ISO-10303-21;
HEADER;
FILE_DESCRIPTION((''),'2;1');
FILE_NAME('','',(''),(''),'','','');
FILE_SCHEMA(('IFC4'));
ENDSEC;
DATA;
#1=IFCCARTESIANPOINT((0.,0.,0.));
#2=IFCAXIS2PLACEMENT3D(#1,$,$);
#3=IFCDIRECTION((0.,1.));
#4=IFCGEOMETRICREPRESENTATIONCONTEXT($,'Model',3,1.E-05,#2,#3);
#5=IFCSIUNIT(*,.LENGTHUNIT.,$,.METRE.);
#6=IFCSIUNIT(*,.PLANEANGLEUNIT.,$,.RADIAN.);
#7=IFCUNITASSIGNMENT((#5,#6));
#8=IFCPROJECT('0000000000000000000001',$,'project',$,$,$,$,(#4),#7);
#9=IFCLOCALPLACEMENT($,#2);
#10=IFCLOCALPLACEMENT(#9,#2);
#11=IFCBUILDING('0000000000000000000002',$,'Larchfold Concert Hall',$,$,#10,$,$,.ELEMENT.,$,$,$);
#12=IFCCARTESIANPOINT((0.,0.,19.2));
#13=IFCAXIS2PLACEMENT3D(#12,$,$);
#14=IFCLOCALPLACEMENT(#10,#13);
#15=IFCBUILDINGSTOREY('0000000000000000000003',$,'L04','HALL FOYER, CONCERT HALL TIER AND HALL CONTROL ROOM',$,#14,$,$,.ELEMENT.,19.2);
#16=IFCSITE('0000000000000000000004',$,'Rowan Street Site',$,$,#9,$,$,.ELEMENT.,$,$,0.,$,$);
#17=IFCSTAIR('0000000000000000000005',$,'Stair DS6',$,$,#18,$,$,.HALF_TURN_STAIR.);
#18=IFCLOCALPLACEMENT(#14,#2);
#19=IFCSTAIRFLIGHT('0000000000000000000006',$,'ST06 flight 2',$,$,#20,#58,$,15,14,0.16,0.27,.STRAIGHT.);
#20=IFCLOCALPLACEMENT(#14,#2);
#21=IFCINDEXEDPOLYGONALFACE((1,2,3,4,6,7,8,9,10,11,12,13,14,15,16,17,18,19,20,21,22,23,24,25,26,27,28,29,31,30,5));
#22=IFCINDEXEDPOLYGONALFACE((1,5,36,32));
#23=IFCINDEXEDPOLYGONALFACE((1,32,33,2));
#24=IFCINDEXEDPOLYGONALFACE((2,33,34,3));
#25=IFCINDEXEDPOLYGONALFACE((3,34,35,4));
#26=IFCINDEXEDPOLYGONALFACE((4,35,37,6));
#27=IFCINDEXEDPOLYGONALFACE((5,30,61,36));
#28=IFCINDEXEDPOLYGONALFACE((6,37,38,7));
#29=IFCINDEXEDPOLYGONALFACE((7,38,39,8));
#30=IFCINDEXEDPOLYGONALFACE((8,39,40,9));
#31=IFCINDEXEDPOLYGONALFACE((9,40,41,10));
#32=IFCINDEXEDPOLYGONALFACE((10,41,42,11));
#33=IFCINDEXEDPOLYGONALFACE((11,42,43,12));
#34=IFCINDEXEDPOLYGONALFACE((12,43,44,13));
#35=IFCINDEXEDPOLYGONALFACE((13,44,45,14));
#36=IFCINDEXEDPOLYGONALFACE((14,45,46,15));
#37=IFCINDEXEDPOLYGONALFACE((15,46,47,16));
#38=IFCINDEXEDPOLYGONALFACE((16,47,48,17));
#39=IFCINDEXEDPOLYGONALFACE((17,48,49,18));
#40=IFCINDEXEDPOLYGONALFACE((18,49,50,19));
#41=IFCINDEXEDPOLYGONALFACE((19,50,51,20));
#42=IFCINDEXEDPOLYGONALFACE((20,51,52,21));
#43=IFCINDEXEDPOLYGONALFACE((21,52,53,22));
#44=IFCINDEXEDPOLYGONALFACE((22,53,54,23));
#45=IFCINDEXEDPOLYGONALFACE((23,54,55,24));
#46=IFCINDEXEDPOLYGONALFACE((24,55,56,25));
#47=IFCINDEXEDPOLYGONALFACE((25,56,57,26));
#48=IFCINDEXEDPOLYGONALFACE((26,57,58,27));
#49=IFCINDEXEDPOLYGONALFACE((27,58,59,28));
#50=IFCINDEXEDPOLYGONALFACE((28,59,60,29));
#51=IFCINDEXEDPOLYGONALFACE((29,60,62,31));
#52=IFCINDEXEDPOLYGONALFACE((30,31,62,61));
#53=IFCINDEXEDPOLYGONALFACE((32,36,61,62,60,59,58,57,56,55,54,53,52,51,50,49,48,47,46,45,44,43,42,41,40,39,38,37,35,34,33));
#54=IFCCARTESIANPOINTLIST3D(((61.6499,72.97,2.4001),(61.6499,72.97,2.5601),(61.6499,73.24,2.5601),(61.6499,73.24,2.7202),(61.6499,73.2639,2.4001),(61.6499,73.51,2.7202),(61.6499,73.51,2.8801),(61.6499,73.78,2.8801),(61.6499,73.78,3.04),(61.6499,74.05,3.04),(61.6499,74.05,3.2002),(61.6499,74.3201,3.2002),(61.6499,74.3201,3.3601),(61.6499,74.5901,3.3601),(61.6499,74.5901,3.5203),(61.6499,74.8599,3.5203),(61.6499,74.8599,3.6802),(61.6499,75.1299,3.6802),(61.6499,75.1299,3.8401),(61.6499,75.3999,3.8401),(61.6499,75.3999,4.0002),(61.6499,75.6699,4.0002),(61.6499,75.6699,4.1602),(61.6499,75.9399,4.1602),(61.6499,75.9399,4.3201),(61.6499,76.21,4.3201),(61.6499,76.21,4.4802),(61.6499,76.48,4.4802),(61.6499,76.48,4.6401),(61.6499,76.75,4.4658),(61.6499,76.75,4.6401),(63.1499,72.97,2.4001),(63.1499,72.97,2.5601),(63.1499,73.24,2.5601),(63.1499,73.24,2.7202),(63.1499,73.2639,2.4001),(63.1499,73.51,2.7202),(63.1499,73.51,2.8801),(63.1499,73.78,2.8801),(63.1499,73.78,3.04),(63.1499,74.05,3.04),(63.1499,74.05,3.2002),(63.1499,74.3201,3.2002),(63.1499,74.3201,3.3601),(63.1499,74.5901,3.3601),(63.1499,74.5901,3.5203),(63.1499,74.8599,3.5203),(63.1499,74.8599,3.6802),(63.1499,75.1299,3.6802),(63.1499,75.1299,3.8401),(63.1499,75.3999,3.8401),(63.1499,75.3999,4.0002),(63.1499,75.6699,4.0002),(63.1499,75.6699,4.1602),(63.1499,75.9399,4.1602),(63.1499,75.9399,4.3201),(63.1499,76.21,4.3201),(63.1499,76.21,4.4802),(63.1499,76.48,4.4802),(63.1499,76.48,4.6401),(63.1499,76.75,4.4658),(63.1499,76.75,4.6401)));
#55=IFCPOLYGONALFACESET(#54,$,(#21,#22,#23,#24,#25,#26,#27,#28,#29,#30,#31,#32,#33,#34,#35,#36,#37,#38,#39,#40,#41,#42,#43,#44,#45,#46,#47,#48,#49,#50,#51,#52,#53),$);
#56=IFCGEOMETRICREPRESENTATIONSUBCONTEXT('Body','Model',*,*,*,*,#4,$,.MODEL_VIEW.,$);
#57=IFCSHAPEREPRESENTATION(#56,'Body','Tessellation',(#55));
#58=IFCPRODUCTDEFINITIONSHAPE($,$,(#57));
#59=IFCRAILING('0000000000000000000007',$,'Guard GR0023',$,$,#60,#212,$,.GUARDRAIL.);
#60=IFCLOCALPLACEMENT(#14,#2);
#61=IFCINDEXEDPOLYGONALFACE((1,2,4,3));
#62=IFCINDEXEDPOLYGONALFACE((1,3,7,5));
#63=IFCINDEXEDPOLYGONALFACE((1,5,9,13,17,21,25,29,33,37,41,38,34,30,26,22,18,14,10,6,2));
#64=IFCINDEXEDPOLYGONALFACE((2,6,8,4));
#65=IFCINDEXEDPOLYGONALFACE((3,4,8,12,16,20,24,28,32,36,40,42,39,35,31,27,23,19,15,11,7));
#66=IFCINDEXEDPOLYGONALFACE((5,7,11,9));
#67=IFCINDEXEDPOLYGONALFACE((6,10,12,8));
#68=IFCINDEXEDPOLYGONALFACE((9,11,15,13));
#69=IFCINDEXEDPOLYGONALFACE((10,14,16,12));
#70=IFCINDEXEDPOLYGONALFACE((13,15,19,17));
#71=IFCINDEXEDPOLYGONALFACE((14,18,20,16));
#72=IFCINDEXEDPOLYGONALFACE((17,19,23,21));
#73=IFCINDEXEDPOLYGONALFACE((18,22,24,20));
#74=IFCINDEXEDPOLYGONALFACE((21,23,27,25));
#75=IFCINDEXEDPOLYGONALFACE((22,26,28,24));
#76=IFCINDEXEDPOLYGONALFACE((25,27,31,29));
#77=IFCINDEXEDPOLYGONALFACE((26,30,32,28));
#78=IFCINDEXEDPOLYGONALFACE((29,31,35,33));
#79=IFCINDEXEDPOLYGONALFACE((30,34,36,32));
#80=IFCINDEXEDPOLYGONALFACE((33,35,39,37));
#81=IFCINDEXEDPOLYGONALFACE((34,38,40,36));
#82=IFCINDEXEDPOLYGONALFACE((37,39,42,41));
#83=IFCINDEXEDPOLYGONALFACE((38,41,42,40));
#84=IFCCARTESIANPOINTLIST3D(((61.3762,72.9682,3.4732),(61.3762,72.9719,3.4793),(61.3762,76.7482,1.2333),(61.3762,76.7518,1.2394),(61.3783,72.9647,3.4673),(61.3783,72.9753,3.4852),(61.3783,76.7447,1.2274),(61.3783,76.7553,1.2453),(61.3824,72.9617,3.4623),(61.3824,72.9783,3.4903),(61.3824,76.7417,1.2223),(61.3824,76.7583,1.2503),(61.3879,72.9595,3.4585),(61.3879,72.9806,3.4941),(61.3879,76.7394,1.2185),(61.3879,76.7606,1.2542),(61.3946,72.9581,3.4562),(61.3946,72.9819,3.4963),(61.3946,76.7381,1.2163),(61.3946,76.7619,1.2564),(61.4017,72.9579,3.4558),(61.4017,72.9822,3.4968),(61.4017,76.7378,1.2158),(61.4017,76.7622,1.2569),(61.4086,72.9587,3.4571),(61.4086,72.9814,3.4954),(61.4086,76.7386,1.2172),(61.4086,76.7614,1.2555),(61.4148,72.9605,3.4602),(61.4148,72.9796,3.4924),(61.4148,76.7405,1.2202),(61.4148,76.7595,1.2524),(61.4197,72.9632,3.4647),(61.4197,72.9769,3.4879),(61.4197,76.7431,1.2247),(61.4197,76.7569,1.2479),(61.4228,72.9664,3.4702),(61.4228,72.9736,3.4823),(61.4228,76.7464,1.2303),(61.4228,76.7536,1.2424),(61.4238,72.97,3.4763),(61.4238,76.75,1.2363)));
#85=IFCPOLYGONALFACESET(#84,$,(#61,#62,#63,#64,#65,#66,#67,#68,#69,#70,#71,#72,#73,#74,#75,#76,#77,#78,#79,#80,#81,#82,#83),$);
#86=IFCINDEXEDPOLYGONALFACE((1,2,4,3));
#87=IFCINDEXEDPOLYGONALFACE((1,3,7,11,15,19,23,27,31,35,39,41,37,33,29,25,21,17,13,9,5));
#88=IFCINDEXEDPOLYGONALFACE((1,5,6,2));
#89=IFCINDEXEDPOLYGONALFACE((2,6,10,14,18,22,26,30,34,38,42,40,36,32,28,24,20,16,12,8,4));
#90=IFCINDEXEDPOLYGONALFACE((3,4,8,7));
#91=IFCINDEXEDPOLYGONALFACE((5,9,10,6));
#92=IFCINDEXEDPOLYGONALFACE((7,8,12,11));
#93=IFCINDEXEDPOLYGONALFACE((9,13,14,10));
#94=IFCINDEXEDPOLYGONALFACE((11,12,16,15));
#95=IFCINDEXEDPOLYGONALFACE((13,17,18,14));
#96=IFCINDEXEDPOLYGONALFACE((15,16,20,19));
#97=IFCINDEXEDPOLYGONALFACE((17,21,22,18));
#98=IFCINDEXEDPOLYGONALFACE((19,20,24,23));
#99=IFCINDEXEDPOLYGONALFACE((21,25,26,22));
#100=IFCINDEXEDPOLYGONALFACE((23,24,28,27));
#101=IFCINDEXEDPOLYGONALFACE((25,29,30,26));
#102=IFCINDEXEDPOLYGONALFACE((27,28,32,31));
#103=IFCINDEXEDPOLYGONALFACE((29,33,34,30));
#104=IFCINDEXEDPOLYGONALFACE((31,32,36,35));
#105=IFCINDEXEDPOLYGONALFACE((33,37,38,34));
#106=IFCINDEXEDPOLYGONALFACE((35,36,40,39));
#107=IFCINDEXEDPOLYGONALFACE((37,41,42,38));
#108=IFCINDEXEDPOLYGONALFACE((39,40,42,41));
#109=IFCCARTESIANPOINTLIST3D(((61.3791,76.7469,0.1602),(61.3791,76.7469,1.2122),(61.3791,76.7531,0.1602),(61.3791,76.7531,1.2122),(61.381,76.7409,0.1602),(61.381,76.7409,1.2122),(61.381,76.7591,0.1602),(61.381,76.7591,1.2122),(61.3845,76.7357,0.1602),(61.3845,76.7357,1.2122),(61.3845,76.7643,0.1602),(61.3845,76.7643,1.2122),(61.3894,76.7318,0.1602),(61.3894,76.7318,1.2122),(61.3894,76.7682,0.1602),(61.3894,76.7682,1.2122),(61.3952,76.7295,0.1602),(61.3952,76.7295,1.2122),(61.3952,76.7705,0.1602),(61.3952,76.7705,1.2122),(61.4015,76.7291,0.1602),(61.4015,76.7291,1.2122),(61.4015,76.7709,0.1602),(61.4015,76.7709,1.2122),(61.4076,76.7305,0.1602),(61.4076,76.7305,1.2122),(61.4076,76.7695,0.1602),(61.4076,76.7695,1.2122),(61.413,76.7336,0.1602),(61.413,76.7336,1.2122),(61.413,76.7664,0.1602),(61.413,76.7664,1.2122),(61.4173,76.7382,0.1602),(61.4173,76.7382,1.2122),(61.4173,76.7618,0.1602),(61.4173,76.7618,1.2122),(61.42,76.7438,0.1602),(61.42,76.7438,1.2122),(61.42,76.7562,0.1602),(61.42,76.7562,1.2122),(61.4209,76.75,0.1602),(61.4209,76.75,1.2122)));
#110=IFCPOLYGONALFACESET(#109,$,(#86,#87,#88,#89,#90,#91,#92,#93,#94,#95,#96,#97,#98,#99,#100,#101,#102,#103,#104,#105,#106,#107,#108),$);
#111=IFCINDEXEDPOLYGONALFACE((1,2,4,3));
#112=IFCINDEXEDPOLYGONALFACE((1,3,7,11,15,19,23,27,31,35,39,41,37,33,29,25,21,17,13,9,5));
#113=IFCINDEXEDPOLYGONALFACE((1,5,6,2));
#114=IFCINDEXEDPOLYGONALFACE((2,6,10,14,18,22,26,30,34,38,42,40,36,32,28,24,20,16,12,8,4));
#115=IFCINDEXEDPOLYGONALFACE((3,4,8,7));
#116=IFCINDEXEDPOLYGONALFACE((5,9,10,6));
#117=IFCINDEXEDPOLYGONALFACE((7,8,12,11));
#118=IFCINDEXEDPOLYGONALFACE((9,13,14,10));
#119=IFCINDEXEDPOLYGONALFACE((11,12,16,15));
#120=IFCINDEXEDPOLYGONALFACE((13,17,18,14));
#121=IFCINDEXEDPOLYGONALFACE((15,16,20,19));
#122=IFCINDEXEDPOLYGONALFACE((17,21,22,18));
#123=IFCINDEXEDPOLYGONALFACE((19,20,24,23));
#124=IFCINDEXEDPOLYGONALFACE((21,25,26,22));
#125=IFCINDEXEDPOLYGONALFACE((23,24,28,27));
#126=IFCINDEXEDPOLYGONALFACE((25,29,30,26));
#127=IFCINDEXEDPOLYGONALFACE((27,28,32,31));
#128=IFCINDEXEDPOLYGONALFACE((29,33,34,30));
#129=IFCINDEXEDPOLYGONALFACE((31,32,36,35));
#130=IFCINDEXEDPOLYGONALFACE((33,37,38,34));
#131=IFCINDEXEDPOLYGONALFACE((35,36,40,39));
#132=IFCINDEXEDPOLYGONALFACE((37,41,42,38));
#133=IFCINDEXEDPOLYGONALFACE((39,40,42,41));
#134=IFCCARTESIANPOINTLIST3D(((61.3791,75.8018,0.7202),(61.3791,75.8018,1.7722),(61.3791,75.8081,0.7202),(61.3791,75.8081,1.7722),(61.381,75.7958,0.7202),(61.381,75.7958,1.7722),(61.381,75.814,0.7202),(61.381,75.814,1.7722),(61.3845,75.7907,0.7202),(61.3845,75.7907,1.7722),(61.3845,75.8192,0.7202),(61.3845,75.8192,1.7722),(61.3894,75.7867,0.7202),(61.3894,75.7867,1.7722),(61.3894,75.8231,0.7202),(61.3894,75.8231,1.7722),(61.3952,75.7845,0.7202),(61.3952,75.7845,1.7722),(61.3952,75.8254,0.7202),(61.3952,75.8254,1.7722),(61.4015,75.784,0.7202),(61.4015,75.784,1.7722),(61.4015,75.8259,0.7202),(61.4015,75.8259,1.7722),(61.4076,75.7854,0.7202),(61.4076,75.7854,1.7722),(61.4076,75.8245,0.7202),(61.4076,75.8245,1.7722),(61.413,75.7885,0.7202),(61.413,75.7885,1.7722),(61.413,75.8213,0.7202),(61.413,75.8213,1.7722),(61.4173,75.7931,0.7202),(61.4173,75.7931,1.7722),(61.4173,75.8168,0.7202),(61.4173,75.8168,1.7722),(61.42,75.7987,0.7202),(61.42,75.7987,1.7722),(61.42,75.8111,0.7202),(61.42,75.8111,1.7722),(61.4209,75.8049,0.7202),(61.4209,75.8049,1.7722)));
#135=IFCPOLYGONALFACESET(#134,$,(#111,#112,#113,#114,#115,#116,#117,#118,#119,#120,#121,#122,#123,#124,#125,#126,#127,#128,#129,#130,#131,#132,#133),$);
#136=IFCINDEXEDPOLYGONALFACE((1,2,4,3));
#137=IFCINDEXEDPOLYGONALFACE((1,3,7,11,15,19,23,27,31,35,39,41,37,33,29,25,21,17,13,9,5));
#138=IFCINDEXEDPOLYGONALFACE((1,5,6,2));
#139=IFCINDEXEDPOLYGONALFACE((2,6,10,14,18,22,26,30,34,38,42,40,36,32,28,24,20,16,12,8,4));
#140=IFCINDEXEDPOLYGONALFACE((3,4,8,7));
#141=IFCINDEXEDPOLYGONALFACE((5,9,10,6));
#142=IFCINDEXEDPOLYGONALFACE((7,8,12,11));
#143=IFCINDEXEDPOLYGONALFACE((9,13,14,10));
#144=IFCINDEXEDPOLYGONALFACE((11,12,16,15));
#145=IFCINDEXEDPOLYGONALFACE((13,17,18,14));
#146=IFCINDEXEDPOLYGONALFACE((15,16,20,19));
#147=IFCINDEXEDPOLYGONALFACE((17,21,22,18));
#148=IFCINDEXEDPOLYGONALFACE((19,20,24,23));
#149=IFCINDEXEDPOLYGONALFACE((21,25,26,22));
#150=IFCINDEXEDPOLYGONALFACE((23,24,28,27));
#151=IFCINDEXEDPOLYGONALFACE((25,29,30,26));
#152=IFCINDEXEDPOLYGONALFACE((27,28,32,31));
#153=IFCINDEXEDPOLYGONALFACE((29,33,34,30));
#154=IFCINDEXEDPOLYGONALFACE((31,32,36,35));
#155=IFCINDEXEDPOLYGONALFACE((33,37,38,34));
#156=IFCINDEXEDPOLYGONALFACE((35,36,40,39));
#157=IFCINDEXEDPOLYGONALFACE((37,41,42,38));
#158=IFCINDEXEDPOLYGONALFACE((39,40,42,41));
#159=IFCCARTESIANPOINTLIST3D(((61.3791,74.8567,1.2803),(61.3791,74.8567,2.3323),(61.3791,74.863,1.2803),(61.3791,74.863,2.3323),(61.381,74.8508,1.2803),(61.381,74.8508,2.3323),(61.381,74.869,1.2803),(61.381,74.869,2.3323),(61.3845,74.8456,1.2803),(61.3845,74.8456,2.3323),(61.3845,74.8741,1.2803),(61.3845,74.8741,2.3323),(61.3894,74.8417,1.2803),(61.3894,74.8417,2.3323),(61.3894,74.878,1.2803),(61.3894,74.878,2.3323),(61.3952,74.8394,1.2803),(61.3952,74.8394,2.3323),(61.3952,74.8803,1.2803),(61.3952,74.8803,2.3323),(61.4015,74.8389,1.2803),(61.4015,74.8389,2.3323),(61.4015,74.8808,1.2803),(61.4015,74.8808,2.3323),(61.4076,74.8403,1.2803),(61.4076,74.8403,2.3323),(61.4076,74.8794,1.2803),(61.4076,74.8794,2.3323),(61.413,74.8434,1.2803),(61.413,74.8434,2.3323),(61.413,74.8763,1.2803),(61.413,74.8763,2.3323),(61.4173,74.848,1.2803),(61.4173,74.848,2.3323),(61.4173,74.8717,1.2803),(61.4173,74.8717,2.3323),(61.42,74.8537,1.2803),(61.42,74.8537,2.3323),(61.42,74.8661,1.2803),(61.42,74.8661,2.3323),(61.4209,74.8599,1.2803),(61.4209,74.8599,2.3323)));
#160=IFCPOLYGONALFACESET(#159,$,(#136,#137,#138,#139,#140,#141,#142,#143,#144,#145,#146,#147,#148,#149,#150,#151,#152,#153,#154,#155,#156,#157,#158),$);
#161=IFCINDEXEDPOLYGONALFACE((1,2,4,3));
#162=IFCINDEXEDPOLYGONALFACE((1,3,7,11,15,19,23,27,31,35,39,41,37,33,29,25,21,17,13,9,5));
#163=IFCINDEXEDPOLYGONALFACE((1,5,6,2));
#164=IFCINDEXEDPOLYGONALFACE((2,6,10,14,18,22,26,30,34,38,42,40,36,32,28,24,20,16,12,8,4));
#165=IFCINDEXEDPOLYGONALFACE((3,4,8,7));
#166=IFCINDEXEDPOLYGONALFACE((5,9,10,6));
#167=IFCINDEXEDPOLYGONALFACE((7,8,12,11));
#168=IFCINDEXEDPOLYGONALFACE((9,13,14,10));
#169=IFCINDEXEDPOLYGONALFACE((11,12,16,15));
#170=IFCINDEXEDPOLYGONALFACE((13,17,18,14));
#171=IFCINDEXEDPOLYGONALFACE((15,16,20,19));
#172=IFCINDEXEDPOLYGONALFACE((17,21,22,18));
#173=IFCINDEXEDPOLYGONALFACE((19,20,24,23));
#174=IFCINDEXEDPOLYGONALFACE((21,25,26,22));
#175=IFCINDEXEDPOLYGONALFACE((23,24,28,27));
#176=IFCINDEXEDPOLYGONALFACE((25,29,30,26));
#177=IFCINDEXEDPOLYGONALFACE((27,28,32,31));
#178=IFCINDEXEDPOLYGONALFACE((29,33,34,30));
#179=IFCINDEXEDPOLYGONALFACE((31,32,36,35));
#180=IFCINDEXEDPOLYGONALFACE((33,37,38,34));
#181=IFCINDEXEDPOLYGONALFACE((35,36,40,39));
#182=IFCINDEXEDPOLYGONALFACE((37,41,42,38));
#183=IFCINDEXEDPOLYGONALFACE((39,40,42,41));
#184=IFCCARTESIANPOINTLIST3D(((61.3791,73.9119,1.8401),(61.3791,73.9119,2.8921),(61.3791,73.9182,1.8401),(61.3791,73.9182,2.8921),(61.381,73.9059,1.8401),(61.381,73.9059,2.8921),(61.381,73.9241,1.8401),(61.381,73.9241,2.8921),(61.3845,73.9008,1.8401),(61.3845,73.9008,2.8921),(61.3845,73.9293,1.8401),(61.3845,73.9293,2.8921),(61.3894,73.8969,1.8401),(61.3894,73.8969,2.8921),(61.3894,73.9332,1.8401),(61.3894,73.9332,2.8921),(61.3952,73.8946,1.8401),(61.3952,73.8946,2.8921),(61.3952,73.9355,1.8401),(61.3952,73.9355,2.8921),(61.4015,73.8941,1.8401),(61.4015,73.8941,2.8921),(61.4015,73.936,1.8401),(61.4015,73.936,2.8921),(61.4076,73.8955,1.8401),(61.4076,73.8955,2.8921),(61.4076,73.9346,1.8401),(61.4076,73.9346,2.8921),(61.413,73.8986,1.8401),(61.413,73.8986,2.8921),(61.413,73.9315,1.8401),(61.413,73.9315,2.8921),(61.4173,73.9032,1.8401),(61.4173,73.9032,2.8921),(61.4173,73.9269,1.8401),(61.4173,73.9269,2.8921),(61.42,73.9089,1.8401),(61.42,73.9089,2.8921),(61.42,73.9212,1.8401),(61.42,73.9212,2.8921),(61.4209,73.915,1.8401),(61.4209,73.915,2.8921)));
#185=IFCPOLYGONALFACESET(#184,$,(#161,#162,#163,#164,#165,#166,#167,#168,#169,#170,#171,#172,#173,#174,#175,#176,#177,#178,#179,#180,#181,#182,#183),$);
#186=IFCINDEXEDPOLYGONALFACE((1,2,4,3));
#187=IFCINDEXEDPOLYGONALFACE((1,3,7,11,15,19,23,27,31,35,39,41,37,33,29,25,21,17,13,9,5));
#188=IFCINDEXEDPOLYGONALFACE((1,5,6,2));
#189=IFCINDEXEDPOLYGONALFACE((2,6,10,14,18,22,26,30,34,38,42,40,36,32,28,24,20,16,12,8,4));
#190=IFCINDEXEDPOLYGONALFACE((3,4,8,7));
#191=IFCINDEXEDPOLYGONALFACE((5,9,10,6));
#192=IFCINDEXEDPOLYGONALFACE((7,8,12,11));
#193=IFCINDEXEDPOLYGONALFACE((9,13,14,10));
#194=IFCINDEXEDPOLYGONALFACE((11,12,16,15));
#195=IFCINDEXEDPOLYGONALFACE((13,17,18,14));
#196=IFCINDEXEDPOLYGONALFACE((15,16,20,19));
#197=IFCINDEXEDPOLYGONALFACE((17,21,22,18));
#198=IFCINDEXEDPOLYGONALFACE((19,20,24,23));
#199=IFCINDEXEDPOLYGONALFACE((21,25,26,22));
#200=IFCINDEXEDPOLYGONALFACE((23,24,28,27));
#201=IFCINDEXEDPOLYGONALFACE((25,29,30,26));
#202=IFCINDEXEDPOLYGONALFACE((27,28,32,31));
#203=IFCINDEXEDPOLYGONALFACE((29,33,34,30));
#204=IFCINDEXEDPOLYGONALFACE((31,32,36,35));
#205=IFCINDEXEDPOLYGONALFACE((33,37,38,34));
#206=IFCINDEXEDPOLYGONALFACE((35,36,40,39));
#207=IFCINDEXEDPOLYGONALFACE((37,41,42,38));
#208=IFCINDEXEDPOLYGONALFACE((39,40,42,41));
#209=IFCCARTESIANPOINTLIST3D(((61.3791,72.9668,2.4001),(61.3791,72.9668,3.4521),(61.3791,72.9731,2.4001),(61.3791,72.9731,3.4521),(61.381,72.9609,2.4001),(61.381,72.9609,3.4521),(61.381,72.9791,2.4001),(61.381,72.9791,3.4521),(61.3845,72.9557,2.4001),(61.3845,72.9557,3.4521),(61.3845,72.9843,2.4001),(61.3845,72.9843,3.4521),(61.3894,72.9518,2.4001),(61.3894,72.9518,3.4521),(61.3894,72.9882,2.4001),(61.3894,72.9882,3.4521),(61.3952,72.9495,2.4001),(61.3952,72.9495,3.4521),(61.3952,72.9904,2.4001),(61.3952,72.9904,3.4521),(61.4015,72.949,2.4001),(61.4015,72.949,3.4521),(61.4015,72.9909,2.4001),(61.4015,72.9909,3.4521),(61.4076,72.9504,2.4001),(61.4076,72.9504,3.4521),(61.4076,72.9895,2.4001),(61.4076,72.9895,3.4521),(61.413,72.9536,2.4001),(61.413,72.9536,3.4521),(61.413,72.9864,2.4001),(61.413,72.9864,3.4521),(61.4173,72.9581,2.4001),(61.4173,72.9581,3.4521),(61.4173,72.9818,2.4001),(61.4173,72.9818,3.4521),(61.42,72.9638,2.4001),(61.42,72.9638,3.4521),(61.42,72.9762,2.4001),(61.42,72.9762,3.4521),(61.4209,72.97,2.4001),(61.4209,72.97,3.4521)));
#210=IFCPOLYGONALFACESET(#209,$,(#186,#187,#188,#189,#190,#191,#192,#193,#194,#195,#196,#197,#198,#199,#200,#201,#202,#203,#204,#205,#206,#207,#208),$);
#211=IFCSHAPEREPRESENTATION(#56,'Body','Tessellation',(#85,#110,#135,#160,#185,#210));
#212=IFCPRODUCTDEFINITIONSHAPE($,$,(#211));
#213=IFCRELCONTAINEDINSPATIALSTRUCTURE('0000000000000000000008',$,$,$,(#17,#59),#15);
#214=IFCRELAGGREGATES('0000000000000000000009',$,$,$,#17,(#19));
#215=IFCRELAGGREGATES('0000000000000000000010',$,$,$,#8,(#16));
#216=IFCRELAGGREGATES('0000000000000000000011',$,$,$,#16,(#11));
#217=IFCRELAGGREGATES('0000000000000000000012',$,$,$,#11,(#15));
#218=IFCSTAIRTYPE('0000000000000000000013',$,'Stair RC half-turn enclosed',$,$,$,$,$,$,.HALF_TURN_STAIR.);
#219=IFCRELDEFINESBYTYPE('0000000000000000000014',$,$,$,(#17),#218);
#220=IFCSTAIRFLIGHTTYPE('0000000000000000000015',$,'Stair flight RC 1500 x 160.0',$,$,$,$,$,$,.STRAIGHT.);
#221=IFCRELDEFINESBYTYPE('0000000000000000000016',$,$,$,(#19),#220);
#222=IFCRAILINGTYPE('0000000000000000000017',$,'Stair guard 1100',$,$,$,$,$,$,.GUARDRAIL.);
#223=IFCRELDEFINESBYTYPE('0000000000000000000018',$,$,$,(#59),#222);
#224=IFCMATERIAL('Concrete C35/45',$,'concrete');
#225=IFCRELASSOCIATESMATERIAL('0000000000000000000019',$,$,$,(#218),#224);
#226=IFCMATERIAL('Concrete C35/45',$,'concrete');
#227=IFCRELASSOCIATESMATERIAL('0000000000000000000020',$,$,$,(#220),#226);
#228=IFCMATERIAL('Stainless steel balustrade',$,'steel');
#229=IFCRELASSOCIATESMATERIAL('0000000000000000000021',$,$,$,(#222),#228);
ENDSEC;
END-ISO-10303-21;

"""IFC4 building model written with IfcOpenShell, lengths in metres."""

from ifc_helpers import new_model, si_unit, direction, frame, origin, origin_2d, place, context, subcontext, project, spatial, polyline, circle, outline, extrude, material, type_object, element, aggregate, save


model = new_model("IFC4")

# Units and contexts
model_context = context("Model", 3, precision=1e-05, world=origin(), true_north=direction((0.0, 1.0)))
body_context = subcontext(model_context, "Body", "Model", "MODEL_VIEW")
ifc_project = project(units=[si_unit("LENGTHUNIT", "METRE"), si_unit("PLANEANGLEUNIT", "RADIAN")], contexts=[model_context])

# Site, building, storey
site_placement = place(None, origin())
site = spatial("IfcSite", under=ifc_project, at=site_placement, Name="Rowan Street Site", CompositionType="ELEMENT", RefElevation=0.0)
building_placement = place(site_placement, origin())
building = spatial("IfcBuilding", under=site, at=building_placement, Name="Larchfold Concert Hall", CompositionType="ELEMENT")
storey_placement = place(building_placement, frame((0.0, 0.0, 19.2)))
storey = spatial("IfcBuildingStorey", under=building, at=storey_placement, Name="L04", Description="HALL FOYER, CONCERT HALL TIER AND HALL CONTROL ROOM", CompositionType="ELEMENT", Elevation=19.2)

# Stair, stair flight
ifc_material_1 = material(Name="Concrete C35/45", Category="concrete")
stair_type = type_object("IfcStairType", Name="Stair RC half-turn enclosed", PredefinedType="HALF_TURN_STAIR", material=ifc_material_1)
stair_placement = place(storey_placement, origin())
stair = element("IfcStair", 1, at=stair_placement, inside=storey, type_object=stair_type, Name="Stair DS6", PredefinedType="HALF_TURN_STAIR")
ifc_material_2 = material(Name="Concrete C35/45", Category="concrete")
stair_flight_type = type_object("IfcStairFlightType", Name="Stair flight RC 1500 x 160.0", PredefinedType="STRAIGHT", material=ifc_material_2)
stair_flight_1_placement = place(storey_placement, frame((62.3999, 72.97, 2.4001), z_axis=(0.0, 0.0, 1.0), x_axis=(0.0, 1.0, 0.0)))
stair_flight_1 = element("IfcStairFlight", 2, at=stair_flight_1_placement, type_object=stair_flight_type, Name="ST06 flight 2", NumberOfRisers=15, NumberOfTreads=14, PredefinedType="STRAIGHT", RiserHeight=0.16, TreadLength=0.27, context=body_context, shape_type="SweptSolid", body=[
    extrude(outline(polyline([(0.0, 0.0), (0.0, 0.1599), (0.27, 0.1599), (0.27, 0.3201), (0.54, 0.3201), (0.54, 0.48), (0.8101, 0.48), (0.8101, 0.6399), (1.0801, 0.6399), (1.0801, 0.8), (1.3501, 0.8), (1.3501, 0.96), (1.6201, 0.96), (1.6201, 1.1201), (1.8899, 1.1201), (1.8899, 1.28), (2.1599, 1.28), (2.1599, 1.4399), (2.4299, 1.4399), (2.4299, 1.6001), (2.7, 1.6001), (2.7, 1.76), (2.97, 1.76), (2.97, 1.9199), (3.24, 1.9199), (3.24, 2.0801), (3.51, 2.0801), (3.51, 2.24), (3.78, 2.24), (3.78, 2.3999), (3.78, 2.0657), (0.2939, 0.0), (0.0, 0.0)])), frame((0.0, 0.75, 0.0), z_axis=(0.0, -1.0, 0.0), x_axis=(1.0, 0.0, 0.0)), (0.0, 0.0, 1.0), 1.5),
])
aggregate(stair, [stair_flight_1])

# Railing
ifc_material_3 = material(Name="Stainless steel balustrade", Category="steel")
railing_type_1 = type_object("IfcRailingType", Name="Stair guard 1100", PredefinedType="GUARDRAIL", material=ifc_material_3)
railing_1_placement = place(storey_placement, frame((61.3999, 76.75, 0.1602)))
element("IfcRailing", 3, at=railing_1_placement, inside=storey, type_object=railing_type_1, Name="Guard GR0023", PredefinedType="GUARDRAIL", context=body_context, shape_type="SweptSolid", body=[
    extrude(circle(Radius=0.0239, at=origin_2d()), frame((0.0, 0.0, 1.0762), z_axis=(0.0, -0.860294, 0.509798), x_axis=(1.0, 0.0, 0.0)), (0.0, 0.0, 1.0), 4.3938),
    extrude(circle(Radius=0.021, at=origin_2d()), origin(), (0.0, 0.0, 1.0), 1.052),
    extrude(circle(Radius=0.021, at=origin_2d()), frame((0.0, -0.9451, 0.5601)), (0.0, 0.0, 1.0), 1.052),
    extrude(circle(Radius=0.021, at=origin_2d()), frame((0.0, -1.8901, 1.1201)), (0.0, 0.0, 1.0), 1.052),
    extrude(circle(Radius=0.021, at=origin_2d()), frame((0.0, -2.835, 1.6799)), (0.0, 0.0, 1.0), 1.052),
    extrude(circle(Radius=0.021, at=origin_2d()), frame((0.0, -3.78, 2.24)), (0.0, 0.0, 1.0), 1.052),
])

save(model, "model.ifc")
